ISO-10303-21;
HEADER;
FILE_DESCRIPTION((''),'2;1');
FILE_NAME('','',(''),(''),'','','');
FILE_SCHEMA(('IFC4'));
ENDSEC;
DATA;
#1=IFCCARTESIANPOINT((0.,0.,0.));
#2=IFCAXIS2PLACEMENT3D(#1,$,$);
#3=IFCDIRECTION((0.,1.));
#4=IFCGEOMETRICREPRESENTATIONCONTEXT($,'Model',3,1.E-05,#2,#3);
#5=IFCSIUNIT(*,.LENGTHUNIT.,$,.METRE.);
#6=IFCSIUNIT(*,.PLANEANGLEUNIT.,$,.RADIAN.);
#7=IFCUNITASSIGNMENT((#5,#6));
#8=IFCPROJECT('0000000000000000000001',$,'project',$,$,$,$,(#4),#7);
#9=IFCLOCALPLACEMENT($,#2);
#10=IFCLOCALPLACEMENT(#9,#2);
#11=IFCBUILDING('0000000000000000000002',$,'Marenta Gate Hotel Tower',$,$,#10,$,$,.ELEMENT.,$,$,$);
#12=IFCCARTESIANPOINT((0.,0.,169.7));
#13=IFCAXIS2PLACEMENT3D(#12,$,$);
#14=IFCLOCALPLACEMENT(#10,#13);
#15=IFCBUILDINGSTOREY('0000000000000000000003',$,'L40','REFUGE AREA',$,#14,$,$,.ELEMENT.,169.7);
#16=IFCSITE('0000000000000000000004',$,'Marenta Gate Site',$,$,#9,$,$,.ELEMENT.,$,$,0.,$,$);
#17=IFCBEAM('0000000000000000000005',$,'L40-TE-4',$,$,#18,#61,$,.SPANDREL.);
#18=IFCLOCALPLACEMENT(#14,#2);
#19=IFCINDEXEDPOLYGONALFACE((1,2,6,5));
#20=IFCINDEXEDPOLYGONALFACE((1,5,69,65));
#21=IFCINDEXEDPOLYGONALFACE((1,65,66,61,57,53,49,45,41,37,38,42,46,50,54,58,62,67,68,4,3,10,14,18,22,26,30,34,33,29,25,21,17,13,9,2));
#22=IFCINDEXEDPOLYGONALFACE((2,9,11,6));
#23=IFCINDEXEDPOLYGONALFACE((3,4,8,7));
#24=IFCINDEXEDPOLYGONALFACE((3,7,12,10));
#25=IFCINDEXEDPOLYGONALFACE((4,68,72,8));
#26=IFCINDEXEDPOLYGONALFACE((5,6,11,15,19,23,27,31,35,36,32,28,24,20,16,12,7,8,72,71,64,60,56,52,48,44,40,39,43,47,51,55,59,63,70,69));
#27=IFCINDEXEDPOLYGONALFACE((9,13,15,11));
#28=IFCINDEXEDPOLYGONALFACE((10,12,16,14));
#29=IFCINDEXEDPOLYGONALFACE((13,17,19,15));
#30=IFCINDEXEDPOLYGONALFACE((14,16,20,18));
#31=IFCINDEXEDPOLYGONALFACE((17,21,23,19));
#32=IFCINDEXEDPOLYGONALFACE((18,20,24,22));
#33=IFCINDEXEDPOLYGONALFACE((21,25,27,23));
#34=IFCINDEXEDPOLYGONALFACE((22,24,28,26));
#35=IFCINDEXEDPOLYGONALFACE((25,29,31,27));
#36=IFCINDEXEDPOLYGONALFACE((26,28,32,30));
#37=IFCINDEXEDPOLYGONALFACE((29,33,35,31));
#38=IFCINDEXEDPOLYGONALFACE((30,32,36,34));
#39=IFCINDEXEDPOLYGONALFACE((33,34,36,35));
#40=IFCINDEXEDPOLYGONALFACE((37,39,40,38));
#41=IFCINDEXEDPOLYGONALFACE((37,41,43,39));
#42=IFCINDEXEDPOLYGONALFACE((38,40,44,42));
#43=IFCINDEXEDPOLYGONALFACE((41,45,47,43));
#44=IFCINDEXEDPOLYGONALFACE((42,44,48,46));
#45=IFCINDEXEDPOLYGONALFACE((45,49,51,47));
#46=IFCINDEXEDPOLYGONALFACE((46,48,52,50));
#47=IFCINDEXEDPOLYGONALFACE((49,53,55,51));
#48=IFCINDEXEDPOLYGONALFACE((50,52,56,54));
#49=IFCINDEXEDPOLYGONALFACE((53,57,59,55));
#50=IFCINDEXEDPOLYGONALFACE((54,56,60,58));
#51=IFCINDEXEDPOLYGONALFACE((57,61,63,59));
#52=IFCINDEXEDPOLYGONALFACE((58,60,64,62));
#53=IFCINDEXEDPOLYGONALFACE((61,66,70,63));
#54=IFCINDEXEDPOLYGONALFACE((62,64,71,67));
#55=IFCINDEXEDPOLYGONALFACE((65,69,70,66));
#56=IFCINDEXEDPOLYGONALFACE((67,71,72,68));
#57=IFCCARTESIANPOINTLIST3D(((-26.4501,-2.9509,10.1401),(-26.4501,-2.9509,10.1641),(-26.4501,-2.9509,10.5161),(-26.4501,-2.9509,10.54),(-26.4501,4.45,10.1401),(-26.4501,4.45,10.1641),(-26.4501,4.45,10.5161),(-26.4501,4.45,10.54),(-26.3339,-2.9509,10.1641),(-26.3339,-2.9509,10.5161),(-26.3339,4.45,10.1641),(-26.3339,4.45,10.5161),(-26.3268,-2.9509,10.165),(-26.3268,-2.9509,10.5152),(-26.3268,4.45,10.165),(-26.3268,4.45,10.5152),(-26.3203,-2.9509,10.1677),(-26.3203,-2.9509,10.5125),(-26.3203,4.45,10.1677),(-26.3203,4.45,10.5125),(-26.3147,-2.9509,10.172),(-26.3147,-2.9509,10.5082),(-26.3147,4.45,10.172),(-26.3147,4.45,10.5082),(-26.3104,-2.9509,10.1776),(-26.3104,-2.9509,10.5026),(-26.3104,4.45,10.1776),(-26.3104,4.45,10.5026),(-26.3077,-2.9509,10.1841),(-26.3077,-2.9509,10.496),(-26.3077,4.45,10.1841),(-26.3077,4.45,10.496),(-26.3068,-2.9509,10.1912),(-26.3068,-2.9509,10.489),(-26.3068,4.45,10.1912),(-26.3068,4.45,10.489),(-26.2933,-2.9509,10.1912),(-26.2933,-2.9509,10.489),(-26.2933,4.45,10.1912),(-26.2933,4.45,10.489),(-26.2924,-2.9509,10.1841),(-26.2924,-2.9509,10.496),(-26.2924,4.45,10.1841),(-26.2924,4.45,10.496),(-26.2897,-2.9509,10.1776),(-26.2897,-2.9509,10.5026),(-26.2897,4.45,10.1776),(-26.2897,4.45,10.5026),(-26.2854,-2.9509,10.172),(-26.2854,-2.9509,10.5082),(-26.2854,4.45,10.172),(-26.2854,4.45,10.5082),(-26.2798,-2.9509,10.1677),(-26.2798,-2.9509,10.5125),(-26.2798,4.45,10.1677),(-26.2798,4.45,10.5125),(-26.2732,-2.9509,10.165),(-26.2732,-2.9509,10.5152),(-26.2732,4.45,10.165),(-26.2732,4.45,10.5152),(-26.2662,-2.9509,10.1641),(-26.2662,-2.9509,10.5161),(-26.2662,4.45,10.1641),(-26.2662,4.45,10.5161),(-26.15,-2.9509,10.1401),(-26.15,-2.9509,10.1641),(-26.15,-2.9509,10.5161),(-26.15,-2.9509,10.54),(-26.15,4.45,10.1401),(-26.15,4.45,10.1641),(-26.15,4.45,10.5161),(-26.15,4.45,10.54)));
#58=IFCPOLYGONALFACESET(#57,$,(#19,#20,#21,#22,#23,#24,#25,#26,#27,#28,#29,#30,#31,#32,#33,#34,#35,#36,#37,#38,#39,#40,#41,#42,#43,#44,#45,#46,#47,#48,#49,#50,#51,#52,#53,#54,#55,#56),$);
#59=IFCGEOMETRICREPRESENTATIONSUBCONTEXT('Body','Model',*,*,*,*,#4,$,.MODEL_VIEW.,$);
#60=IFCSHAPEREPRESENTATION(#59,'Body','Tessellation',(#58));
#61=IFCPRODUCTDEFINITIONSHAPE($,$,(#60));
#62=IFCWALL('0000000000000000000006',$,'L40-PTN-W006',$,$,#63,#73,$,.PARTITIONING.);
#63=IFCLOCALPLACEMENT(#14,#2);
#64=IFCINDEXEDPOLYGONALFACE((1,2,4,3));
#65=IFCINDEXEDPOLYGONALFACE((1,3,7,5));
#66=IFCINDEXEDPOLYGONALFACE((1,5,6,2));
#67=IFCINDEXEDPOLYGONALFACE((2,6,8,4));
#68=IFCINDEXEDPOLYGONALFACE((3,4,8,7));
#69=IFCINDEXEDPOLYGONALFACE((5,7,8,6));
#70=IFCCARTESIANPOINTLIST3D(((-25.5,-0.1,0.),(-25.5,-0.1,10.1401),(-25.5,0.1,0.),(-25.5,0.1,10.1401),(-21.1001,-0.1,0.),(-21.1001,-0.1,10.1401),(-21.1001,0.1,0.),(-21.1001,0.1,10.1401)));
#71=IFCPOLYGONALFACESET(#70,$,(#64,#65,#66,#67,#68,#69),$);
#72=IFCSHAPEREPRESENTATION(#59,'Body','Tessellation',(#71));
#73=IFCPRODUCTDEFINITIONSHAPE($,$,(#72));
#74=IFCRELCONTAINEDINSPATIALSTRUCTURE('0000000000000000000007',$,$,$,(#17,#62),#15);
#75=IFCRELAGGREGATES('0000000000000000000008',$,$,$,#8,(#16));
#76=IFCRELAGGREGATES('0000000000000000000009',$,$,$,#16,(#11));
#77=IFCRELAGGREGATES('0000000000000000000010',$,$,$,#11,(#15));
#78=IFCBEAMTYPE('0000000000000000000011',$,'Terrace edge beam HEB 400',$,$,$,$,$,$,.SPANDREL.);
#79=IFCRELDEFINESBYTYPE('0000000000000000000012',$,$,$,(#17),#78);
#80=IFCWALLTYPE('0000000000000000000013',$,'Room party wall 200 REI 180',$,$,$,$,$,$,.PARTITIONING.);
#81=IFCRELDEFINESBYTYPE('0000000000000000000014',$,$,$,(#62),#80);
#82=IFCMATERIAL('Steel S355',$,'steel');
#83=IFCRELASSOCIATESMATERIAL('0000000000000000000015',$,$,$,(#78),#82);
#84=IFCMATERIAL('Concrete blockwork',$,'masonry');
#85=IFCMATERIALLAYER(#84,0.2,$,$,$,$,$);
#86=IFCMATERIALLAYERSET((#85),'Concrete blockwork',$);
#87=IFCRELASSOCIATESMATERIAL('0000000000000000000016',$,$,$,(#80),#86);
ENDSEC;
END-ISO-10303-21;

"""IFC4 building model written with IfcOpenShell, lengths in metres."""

from ifc_helpers import new_model, si_unit, direction, frame, frame_2d, origin, origin_2d, place, context, subcontext, project, spatial, rectangle, i_section, extrude, material, layer, layer_set, material_profile, profile_set, type_object, element, save


model = new_model("IFC4")

# Units and contexts
model_context = context("Model", 3, precision=1e-05, world=origin(), true_north=direction((0.0, 1.0)))
body_context = subcontext(model_context, "Body", "Model", "MODEL_VIEW")
ifc_project = project(units=[si_unit("LENGTHUNIT", "METRE"), si_unit("PLANEANGLEUNIT", "RADIAN")], contexts=[model_context])

# Site, building, storey
site_placement = place(None, origin())
site = spatial("IfcSite", under=ifc_project, at=site_placement, Name="Marenta Gate Site", CompositionType="ELEMENT", RefElevation=0.0)
building_placement = place(site_placement, origin())
building = spatial("IfcBuilding", under=site, at=building_placement, Name="Marenta Gate Hotel Tower", CompositionType="ELEMENT")
storey_placement = place(building_placement, frame((0.0, 0.0, 169.7)))
storey = spatial("IfcBuildingStorey", under=building, at=storey_placement, Name="L40", Description="REFUGE AREA", CompositionType="ELEMENT", Elevation=169.7)

# Beam
ifc_material_1 = material(Name="Steel S355", Category="steel")
ifc_material_profile_1 = material_profile(ifc_material_1, i_section(OverallWidth=0.3, OverallDepth=0.3999, WebThickness=0.0134, FlangeThickness=0.0239, FilletRadius=0.0271, at=origin_2d()), Name="HEB 400")
ifc_profile_set_1 = profile_set([ifc_material_profile_1], Name="Steel S355")
beam_type_1 = type_object("IfcBeamType", Name="Terrace edge beam HEB 400", PredefinedType="SPANDREL", material=ifc_profile_set_1)
for number, where, z_axis, x_axis, name in (
    (1, (-26.3, -2.9509, 10.3401), (0.0, 1.0, 0.0), (-1.0, 0.0, 0.0), "L40-TE-4"),
):
    element("IfcBeam", number, at=place(storey_placement, frame(where, z_axis=z_axis, x_axis=x_axis)), inside=storey, type_object=beam_type_1, Name=name, PredefinedType="SPANDREL", context=body_context, shape_type="SweptSolid", body=[
        extrude(i_section(OverallWidth=0.3, OverallDepth=0.3999, WebThickness=0.0134, FlangeThickness=0.0239, FilletRadius=0.0271, at=origin_2d()), origin(), (0.0, 0.0, 1.0), 7.4009),
    ])

# Wall
ifc_material_2 = material(Name="Concrete blockwork", Category="masonry")
ifc_layer = layer(ifc_material_2, 0.2)
ifc_layer_set = layer_set([ifc_layer], Name="Concrete blockwork")
wall_type = type_object("IfcWallType", Name="Room party wall 200 REI 180", PredefinedType="PARTITIONING", material=ifc_layer_set)
wall_placement = place(storey_placement, frame((-25.5, 0.0, 0.0), z_axis=(0.0, 0.0, 1.0), x_axis=(1.0, 0.0, 0.0)))
element("IfcWall", 2, at=wall_placement, inside=storey, type_object=wall_type, Name="L40-PTN-W006", PredefinedType="PARTITIONING", context=body_context, shape_type="SweptSolid", body=[
    extrude(rectangle(XDim=4.3999, YDim=0.2, at=frame_2d((2.2, 0.0))), origin(), (0.0, 0.0, 1.0), 10.1401),
])

save(model, "model.ifc")
